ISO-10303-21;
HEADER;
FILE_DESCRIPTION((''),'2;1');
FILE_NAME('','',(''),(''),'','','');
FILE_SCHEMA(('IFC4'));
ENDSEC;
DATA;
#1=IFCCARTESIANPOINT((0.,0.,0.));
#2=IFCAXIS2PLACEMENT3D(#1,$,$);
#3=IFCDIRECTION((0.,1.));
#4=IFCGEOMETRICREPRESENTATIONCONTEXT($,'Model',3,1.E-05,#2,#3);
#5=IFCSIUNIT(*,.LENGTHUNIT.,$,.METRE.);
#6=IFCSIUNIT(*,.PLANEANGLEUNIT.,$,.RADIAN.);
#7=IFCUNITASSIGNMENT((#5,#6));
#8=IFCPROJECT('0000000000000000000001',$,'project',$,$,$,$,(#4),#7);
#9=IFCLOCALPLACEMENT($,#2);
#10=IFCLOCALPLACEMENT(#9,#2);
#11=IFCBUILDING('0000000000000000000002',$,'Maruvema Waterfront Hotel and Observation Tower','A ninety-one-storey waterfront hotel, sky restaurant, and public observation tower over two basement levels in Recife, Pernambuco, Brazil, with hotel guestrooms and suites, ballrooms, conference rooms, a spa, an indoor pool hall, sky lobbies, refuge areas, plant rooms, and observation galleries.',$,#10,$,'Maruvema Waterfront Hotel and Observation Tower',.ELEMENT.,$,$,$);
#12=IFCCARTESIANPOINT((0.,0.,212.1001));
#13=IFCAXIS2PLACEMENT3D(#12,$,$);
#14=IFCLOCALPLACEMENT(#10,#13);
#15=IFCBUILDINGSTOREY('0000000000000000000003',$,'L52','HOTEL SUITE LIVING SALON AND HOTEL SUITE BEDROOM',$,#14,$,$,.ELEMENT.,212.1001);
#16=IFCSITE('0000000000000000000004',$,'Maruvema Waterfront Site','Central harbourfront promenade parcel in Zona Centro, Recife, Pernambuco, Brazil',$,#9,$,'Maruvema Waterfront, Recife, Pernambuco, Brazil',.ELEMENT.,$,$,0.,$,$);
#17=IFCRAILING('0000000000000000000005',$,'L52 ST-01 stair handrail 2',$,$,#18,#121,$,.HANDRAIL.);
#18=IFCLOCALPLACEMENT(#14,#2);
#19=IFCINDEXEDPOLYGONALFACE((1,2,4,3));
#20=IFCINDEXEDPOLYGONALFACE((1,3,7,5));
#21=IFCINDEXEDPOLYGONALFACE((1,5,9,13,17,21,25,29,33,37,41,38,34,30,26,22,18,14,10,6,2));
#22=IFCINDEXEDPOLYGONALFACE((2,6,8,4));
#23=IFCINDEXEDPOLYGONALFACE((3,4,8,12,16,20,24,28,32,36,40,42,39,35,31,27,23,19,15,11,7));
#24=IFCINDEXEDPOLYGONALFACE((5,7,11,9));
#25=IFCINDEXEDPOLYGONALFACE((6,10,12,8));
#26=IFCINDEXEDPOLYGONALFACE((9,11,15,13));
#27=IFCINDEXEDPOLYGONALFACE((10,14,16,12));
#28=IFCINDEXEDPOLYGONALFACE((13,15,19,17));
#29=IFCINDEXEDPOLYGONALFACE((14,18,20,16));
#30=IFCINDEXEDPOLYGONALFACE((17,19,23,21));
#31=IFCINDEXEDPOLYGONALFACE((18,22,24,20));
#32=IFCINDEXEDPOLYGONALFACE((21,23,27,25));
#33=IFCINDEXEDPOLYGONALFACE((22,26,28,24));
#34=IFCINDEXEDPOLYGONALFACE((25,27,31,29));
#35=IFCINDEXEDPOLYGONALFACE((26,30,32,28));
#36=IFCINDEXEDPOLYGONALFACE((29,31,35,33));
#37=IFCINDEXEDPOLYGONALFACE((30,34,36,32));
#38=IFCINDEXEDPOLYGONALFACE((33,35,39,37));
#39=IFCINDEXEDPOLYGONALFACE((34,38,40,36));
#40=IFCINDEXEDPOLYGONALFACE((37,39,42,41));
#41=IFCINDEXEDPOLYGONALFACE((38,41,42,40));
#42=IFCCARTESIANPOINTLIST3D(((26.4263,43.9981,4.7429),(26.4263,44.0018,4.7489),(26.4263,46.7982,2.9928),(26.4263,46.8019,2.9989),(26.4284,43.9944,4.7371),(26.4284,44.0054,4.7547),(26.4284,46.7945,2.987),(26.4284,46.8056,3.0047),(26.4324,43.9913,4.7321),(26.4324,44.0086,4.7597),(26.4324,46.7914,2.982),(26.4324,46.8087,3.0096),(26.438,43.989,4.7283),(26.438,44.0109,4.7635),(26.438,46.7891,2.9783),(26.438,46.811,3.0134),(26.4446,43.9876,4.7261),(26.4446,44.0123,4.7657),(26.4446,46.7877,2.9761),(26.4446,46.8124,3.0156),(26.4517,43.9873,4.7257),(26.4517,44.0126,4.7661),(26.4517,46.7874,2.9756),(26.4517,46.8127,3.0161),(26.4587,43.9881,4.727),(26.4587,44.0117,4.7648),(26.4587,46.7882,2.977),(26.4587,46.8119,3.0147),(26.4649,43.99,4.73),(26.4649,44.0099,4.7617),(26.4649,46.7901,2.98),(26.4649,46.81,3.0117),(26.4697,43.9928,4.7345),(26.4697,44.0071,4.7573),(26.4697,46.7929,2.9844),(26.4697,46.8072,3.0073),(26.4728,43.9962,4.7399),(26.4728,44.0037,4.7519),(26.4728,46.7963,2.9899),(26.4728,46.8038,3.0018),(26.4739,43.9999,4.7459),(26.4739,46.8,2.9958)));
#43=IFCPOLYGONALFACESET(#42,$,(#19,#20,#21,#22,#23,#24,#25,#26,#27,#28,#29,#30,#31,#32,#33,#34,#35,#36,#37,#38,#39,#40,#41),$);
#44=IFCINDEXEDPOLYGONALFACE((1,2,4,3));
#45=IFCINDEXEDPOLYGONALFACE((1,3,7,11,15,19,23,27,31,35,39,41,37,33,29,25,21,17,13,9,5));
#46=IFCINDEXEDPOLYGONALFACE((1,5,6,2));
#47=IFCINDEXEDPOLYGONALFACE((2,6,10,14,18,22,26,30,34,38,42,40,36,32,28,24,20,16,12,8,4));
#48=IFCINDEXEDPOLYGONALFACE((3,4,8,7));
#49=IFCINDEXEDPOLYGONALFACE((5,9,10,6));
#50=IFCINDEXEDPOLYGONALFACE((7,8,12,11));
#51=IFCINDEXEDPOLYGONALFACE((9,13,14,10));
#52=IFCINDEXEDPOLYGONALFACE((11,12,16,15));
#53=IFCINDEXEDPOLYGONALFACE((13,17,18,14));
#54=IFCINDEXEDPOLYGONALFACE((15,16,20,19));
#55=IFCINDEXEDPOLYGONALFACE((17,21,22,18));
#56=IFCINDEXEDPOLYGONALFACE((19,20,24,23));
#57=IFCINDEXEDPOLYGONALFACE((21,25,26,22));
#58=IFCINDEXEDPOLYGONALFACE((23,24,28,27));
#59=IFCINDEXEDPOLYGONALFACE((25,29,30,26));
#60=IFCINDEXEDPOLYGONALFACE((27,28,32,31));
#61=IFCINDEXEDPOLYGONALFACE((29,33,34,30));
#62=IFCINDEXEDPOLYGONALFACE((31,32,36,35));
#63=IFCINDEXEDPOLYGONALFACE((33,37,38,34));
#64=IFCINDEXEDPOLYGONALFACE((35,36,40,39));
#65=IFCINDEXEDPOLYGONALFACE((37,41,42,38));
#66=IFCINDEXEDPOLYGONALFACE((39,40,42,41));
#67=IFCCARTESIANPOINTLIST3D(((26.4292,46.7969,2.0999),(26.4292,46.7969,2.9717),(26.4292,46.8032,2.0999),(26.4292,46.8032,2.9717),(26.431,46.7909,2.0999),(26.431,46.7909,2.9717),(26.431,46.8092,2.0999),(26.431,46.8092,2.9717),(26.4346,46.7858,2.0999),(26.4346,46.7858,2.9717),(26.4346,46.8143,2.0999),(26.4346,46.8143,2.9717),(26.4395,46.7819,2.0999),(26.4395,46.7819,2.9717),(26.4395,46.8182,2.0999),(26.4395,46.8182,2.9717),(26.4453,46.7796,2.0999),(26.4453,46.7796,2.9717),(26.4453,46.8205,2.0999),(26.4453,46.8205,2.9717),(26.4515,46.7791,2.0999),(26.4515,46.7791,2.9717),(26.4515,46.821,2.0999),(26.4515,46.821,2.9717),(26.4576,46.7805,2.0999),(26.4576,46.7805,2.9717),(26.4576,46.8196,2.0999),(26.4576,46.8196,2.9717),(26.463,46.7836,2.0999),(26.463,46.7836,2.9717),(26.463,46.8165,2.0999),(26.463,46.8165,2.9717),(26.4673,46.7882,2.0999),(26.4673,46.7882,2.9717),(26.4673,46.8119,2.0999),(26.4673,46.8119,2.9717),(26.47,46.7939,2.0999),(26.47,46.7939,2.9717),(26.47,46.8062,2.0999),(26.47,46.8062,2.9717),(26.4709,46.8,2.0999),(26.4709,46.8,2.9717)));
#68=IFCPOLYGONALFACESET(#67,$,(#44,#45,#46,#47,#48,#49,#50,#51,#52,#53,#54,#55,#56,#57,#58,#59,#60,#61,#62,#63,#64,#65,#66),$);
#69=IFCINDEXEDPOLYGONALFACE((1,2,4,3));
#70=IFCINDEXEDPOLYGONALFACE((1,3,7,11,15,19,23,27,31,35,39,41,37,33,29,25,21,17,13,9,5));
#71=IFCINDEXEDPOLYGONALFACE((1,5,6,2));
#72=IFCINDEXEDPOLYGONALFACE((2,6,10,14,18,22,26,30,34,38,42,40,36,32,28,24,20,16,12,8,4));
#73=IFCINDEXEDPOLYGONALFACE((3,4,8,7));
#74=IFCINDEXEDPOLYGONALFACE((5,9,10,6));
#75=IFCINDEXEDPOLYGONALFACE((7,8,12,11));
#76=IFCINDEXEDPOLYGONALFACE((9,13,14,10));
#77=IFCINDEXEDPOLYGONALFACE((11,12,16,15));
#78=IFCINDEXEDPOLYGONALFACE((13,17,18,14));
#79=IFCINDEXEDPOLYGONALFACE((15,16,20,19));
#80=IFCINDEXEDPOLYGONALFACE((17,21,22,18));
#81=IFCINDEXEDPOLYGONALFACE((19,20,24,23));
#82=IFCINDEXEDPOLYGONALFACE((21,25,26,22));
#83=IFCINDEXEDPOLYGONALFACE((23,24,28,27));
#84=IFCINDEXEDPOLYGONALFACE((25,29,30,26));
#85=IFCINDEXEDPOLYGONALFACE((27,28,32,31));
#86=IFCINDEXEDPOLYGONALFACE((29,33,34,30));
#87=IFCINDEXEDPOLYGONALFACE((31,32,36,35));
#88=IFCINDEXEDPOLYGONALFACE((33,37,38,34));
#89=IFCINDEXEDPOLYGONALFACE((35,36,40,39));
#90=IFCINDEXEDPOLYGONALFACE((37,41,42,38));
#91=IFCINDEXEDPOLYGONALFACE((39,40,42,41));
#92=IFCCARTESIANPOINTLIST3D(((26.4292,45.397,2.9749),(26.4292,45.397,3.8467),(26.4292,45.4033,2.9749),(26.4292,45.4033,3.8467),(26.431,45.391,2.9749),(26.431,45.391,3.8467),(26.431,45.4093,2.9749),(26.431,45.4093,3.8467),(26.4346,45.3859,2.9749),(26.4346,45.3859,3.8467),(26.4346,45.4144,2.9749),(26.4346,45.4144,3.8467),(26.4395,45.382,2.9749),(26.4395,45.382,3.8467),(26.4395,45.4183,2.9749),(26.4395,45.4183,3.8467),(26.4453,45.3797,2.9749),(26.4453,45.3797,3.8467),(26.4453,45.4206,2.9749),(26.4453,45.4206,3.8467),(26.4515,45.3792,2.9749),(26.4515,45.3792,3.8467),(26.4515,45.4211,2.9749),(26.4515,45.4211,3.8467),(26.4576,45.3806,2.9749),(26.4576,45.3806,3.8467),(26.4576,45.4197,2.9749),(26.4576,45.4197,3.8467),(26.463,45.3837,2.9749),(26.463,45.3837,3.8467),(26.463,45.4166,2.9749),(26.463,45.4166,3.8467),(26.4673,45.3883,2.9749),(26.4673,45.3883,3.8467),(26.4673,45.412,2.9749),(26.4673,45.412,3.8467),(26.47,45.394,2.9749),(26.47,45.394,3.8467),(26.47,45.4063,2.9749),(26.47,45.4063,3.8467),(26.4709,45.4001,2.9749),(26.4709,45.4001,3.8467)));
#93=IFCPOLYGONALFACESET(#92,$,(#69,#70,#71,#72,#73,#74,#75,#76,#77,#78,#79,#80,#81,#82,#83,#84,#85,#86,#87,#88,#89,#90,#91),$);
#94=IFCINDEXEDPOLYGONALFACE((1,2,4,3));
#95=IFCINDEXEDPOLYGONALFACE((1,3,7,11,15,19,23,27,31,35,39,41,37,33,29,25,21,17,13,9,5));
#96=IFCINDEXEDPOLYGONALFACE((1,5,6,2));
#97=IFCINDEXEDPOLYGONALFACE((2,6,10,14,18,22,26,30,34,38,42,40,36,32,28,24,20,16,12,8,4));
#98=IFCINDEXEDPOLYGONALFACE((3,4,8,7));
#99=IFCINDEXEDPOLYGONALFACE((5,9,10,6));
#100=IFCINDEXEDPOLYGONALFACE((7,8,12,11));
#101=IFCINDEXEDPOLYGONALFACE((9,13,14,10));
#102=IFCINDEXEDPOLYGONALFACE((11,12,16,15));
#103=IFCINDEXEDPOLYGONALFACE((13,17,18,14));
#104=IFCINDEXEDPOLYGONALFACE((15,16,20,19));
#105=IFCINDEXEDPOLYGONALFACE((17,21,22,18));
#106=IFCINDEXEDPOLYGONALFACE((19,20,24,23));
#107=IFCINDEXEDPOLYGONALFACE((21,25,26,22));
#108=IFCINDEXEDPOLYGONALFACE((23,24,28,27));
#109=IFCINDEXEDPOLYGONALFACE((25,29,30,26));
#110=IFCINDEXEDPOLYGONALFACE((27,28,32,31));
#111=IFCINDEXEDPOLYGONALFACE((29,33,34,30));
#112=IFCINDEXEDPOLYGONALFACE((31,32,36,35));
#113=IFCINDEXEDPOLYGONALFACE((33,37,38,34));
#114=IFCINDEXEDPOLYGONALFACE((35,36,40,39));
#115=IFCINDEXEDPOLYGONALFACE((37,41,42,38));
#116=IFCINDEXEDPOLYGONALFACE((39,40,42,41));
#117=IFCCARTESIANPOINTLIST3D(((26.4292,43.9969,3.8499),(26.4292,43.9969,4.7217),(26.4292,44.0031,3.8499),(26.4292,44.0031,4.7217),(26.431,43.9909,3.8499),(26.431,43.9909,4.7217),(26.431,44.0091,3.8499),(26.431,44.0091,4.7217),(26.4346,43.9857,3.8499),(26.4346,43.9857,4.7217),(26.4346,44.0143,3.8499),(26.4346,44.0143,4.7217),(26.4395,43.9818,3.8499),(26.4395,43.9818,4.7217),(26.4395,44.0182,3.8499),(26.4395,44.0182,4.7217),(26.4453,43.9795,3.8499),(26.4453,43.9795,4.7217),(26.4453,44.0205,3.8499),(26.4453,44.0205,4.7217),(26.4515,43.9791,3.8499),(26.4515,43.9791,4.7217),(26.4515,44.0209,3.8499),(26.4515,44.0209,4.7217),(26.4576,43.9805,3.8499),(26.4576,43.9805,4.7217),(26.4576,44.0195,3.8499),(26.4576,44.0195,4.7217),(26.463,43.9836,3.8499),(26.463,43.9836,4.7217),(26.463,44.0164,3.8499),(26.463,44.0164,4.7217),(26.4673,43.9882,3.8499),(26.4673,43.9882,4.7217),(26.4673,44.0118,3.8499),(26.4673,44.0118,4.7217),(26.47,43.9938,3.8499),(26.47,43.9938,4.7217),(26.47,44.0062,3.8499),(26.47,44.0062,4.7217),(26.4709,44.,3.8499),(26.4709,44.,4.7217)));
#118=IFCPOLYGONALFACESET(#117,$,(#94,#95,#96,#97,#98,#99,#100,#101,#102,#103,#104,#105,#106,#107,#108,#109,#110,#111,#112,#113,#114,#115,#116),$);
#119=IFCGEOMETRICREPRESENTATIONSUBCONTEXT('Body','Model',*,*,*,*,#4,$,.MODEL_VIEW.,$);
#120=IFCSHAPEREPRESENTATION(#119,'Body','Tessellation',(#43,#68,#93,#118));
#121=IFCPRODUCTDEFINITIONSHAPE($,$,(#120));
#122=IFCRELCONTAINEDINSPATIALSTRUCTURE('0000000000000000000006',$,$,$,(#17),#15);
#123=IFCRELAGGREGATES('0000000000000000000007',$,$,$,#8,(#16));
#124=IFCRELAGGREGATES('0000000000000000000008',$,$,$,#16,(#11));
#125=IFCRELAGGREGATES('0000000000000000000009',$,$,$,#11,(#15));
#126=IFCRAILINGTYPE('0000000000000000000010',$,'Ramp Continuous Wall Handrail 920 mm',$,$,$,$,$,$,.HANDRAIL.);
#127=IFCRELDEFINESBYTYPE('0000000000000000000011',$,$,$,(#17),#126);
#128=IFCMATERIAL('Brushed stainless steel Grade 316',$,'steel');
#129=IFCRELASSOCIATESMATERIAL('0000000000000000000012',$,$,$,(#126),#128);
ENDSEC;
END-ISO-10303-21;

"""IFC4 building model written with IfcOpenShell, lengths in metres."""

from ifc_helpers import new_model, si_unit, direction, frame, origin, origin_2d, place, context, subcontext, project, spatial, circle, extrude, material, type_object, element, save


model = new_model("IFC4")

# Units and contexts
model_context = context("Model", 3, precision=1e-05, world=origin(), true_north=direction((0.0, 1.0)))
body_context = subcontext(model_context, "Body", "Model", "MODEL_VIEW")
ifc_project = project(units=[si_unit("LENGTHUNIT", "METRE"), si_unit("PLANEANGLEUNIT", "RADIAN")], contexts=[model_context])

# Site, building, storey
site_placement = place(None, origin())
site = spatial("IfcSite", under=ifc_project, at=site_placement, Name="Maruvema Waterfront Site", Description="Central harbourfront promenade parcel in Zona Centro, Recife, Pernambuco, Brazil", LongName="Maruvema Waterfront, Recife, Pernambuco, Brazil", CompositionType="ELEMENT", RefElevation=0.0)
building_placement = place(site_placement, origin())
building = spatial("IfcBuilding", under=site, at=building_placement, Name="Maruvema Waterfront Hotel and Observation Tower", Description="A ninety-one-storey waterfront hotel, sky restaurant, and public observation tower over two basement levels in Recife, Pernambuco, Brazil, with hotel guestrooms and suites, ballrooms, conference rooms, a spa, an indoor pool hall, sky lobbies, refuge areas, plant rooms, and observation galleries.", LongName="Maruvema Waterfront Hotel and Observation Tower", CompositionType="ELEMENT")
storey_placement = place(building_placement, frame((0.0, 0.0, 212.1001)))
storey = spatial("IfcBuildingStorey", under=building, at=storey_placement, Name="L52", Description="HOTEL SUITE LIVING SALON AND HOTEL SUITE BEDROOM", CompositionType="ELEMENT", Elevation=212.1001)

# Railing
ifc_material_1 = material(Name="Brushed stainless steel Grade 316", Category="steel")
railing_type_1 = type_object("IfcRailingType", Name="Ramp Continuous Wall Handrail 920 mm", PredefinedType="HANDRAIL", material=ifc_material_1)
railing_1_placement = place(storey_placement, frame((26.45, 46.8, 2.0999)))
element("IfcRailing", 1, at=railing_1_placement, inside=storey, type_object=railing_type_1, Name="L52 ST-01 stair handrail 2", PredefinedType="HANDRAIL", context=body_context, shape_type="SweptSolid", body=[
    extrude(circle(Radius=0.0239, at=origin_2d()), frame((0.0, 0.0, 0.896), z_axis=(0.0, -0.848002, 0.529992), x_axis=(1.0, 0.0, 0.0)), (0.0, 0.0, 1.0), 3.302),
    extrude(circle(Radius=0.021, at=origin_2d()), origin(), (0.0, 0.0, 1.0), 0.8718),
    extrude(circle(Radius=0.021, at=origin_2d()), frame((0.0, -1.3999, 0.875)), (0.0, 0.0, 1.0), 0.8718),
    extrude(circle(Radius=0.021, at=origin_2d()), frame((0.0, -2.8, 1.75)), (0.0, 0.0, 1.0), 0.8718),
])

save(model, "model.ifc")
